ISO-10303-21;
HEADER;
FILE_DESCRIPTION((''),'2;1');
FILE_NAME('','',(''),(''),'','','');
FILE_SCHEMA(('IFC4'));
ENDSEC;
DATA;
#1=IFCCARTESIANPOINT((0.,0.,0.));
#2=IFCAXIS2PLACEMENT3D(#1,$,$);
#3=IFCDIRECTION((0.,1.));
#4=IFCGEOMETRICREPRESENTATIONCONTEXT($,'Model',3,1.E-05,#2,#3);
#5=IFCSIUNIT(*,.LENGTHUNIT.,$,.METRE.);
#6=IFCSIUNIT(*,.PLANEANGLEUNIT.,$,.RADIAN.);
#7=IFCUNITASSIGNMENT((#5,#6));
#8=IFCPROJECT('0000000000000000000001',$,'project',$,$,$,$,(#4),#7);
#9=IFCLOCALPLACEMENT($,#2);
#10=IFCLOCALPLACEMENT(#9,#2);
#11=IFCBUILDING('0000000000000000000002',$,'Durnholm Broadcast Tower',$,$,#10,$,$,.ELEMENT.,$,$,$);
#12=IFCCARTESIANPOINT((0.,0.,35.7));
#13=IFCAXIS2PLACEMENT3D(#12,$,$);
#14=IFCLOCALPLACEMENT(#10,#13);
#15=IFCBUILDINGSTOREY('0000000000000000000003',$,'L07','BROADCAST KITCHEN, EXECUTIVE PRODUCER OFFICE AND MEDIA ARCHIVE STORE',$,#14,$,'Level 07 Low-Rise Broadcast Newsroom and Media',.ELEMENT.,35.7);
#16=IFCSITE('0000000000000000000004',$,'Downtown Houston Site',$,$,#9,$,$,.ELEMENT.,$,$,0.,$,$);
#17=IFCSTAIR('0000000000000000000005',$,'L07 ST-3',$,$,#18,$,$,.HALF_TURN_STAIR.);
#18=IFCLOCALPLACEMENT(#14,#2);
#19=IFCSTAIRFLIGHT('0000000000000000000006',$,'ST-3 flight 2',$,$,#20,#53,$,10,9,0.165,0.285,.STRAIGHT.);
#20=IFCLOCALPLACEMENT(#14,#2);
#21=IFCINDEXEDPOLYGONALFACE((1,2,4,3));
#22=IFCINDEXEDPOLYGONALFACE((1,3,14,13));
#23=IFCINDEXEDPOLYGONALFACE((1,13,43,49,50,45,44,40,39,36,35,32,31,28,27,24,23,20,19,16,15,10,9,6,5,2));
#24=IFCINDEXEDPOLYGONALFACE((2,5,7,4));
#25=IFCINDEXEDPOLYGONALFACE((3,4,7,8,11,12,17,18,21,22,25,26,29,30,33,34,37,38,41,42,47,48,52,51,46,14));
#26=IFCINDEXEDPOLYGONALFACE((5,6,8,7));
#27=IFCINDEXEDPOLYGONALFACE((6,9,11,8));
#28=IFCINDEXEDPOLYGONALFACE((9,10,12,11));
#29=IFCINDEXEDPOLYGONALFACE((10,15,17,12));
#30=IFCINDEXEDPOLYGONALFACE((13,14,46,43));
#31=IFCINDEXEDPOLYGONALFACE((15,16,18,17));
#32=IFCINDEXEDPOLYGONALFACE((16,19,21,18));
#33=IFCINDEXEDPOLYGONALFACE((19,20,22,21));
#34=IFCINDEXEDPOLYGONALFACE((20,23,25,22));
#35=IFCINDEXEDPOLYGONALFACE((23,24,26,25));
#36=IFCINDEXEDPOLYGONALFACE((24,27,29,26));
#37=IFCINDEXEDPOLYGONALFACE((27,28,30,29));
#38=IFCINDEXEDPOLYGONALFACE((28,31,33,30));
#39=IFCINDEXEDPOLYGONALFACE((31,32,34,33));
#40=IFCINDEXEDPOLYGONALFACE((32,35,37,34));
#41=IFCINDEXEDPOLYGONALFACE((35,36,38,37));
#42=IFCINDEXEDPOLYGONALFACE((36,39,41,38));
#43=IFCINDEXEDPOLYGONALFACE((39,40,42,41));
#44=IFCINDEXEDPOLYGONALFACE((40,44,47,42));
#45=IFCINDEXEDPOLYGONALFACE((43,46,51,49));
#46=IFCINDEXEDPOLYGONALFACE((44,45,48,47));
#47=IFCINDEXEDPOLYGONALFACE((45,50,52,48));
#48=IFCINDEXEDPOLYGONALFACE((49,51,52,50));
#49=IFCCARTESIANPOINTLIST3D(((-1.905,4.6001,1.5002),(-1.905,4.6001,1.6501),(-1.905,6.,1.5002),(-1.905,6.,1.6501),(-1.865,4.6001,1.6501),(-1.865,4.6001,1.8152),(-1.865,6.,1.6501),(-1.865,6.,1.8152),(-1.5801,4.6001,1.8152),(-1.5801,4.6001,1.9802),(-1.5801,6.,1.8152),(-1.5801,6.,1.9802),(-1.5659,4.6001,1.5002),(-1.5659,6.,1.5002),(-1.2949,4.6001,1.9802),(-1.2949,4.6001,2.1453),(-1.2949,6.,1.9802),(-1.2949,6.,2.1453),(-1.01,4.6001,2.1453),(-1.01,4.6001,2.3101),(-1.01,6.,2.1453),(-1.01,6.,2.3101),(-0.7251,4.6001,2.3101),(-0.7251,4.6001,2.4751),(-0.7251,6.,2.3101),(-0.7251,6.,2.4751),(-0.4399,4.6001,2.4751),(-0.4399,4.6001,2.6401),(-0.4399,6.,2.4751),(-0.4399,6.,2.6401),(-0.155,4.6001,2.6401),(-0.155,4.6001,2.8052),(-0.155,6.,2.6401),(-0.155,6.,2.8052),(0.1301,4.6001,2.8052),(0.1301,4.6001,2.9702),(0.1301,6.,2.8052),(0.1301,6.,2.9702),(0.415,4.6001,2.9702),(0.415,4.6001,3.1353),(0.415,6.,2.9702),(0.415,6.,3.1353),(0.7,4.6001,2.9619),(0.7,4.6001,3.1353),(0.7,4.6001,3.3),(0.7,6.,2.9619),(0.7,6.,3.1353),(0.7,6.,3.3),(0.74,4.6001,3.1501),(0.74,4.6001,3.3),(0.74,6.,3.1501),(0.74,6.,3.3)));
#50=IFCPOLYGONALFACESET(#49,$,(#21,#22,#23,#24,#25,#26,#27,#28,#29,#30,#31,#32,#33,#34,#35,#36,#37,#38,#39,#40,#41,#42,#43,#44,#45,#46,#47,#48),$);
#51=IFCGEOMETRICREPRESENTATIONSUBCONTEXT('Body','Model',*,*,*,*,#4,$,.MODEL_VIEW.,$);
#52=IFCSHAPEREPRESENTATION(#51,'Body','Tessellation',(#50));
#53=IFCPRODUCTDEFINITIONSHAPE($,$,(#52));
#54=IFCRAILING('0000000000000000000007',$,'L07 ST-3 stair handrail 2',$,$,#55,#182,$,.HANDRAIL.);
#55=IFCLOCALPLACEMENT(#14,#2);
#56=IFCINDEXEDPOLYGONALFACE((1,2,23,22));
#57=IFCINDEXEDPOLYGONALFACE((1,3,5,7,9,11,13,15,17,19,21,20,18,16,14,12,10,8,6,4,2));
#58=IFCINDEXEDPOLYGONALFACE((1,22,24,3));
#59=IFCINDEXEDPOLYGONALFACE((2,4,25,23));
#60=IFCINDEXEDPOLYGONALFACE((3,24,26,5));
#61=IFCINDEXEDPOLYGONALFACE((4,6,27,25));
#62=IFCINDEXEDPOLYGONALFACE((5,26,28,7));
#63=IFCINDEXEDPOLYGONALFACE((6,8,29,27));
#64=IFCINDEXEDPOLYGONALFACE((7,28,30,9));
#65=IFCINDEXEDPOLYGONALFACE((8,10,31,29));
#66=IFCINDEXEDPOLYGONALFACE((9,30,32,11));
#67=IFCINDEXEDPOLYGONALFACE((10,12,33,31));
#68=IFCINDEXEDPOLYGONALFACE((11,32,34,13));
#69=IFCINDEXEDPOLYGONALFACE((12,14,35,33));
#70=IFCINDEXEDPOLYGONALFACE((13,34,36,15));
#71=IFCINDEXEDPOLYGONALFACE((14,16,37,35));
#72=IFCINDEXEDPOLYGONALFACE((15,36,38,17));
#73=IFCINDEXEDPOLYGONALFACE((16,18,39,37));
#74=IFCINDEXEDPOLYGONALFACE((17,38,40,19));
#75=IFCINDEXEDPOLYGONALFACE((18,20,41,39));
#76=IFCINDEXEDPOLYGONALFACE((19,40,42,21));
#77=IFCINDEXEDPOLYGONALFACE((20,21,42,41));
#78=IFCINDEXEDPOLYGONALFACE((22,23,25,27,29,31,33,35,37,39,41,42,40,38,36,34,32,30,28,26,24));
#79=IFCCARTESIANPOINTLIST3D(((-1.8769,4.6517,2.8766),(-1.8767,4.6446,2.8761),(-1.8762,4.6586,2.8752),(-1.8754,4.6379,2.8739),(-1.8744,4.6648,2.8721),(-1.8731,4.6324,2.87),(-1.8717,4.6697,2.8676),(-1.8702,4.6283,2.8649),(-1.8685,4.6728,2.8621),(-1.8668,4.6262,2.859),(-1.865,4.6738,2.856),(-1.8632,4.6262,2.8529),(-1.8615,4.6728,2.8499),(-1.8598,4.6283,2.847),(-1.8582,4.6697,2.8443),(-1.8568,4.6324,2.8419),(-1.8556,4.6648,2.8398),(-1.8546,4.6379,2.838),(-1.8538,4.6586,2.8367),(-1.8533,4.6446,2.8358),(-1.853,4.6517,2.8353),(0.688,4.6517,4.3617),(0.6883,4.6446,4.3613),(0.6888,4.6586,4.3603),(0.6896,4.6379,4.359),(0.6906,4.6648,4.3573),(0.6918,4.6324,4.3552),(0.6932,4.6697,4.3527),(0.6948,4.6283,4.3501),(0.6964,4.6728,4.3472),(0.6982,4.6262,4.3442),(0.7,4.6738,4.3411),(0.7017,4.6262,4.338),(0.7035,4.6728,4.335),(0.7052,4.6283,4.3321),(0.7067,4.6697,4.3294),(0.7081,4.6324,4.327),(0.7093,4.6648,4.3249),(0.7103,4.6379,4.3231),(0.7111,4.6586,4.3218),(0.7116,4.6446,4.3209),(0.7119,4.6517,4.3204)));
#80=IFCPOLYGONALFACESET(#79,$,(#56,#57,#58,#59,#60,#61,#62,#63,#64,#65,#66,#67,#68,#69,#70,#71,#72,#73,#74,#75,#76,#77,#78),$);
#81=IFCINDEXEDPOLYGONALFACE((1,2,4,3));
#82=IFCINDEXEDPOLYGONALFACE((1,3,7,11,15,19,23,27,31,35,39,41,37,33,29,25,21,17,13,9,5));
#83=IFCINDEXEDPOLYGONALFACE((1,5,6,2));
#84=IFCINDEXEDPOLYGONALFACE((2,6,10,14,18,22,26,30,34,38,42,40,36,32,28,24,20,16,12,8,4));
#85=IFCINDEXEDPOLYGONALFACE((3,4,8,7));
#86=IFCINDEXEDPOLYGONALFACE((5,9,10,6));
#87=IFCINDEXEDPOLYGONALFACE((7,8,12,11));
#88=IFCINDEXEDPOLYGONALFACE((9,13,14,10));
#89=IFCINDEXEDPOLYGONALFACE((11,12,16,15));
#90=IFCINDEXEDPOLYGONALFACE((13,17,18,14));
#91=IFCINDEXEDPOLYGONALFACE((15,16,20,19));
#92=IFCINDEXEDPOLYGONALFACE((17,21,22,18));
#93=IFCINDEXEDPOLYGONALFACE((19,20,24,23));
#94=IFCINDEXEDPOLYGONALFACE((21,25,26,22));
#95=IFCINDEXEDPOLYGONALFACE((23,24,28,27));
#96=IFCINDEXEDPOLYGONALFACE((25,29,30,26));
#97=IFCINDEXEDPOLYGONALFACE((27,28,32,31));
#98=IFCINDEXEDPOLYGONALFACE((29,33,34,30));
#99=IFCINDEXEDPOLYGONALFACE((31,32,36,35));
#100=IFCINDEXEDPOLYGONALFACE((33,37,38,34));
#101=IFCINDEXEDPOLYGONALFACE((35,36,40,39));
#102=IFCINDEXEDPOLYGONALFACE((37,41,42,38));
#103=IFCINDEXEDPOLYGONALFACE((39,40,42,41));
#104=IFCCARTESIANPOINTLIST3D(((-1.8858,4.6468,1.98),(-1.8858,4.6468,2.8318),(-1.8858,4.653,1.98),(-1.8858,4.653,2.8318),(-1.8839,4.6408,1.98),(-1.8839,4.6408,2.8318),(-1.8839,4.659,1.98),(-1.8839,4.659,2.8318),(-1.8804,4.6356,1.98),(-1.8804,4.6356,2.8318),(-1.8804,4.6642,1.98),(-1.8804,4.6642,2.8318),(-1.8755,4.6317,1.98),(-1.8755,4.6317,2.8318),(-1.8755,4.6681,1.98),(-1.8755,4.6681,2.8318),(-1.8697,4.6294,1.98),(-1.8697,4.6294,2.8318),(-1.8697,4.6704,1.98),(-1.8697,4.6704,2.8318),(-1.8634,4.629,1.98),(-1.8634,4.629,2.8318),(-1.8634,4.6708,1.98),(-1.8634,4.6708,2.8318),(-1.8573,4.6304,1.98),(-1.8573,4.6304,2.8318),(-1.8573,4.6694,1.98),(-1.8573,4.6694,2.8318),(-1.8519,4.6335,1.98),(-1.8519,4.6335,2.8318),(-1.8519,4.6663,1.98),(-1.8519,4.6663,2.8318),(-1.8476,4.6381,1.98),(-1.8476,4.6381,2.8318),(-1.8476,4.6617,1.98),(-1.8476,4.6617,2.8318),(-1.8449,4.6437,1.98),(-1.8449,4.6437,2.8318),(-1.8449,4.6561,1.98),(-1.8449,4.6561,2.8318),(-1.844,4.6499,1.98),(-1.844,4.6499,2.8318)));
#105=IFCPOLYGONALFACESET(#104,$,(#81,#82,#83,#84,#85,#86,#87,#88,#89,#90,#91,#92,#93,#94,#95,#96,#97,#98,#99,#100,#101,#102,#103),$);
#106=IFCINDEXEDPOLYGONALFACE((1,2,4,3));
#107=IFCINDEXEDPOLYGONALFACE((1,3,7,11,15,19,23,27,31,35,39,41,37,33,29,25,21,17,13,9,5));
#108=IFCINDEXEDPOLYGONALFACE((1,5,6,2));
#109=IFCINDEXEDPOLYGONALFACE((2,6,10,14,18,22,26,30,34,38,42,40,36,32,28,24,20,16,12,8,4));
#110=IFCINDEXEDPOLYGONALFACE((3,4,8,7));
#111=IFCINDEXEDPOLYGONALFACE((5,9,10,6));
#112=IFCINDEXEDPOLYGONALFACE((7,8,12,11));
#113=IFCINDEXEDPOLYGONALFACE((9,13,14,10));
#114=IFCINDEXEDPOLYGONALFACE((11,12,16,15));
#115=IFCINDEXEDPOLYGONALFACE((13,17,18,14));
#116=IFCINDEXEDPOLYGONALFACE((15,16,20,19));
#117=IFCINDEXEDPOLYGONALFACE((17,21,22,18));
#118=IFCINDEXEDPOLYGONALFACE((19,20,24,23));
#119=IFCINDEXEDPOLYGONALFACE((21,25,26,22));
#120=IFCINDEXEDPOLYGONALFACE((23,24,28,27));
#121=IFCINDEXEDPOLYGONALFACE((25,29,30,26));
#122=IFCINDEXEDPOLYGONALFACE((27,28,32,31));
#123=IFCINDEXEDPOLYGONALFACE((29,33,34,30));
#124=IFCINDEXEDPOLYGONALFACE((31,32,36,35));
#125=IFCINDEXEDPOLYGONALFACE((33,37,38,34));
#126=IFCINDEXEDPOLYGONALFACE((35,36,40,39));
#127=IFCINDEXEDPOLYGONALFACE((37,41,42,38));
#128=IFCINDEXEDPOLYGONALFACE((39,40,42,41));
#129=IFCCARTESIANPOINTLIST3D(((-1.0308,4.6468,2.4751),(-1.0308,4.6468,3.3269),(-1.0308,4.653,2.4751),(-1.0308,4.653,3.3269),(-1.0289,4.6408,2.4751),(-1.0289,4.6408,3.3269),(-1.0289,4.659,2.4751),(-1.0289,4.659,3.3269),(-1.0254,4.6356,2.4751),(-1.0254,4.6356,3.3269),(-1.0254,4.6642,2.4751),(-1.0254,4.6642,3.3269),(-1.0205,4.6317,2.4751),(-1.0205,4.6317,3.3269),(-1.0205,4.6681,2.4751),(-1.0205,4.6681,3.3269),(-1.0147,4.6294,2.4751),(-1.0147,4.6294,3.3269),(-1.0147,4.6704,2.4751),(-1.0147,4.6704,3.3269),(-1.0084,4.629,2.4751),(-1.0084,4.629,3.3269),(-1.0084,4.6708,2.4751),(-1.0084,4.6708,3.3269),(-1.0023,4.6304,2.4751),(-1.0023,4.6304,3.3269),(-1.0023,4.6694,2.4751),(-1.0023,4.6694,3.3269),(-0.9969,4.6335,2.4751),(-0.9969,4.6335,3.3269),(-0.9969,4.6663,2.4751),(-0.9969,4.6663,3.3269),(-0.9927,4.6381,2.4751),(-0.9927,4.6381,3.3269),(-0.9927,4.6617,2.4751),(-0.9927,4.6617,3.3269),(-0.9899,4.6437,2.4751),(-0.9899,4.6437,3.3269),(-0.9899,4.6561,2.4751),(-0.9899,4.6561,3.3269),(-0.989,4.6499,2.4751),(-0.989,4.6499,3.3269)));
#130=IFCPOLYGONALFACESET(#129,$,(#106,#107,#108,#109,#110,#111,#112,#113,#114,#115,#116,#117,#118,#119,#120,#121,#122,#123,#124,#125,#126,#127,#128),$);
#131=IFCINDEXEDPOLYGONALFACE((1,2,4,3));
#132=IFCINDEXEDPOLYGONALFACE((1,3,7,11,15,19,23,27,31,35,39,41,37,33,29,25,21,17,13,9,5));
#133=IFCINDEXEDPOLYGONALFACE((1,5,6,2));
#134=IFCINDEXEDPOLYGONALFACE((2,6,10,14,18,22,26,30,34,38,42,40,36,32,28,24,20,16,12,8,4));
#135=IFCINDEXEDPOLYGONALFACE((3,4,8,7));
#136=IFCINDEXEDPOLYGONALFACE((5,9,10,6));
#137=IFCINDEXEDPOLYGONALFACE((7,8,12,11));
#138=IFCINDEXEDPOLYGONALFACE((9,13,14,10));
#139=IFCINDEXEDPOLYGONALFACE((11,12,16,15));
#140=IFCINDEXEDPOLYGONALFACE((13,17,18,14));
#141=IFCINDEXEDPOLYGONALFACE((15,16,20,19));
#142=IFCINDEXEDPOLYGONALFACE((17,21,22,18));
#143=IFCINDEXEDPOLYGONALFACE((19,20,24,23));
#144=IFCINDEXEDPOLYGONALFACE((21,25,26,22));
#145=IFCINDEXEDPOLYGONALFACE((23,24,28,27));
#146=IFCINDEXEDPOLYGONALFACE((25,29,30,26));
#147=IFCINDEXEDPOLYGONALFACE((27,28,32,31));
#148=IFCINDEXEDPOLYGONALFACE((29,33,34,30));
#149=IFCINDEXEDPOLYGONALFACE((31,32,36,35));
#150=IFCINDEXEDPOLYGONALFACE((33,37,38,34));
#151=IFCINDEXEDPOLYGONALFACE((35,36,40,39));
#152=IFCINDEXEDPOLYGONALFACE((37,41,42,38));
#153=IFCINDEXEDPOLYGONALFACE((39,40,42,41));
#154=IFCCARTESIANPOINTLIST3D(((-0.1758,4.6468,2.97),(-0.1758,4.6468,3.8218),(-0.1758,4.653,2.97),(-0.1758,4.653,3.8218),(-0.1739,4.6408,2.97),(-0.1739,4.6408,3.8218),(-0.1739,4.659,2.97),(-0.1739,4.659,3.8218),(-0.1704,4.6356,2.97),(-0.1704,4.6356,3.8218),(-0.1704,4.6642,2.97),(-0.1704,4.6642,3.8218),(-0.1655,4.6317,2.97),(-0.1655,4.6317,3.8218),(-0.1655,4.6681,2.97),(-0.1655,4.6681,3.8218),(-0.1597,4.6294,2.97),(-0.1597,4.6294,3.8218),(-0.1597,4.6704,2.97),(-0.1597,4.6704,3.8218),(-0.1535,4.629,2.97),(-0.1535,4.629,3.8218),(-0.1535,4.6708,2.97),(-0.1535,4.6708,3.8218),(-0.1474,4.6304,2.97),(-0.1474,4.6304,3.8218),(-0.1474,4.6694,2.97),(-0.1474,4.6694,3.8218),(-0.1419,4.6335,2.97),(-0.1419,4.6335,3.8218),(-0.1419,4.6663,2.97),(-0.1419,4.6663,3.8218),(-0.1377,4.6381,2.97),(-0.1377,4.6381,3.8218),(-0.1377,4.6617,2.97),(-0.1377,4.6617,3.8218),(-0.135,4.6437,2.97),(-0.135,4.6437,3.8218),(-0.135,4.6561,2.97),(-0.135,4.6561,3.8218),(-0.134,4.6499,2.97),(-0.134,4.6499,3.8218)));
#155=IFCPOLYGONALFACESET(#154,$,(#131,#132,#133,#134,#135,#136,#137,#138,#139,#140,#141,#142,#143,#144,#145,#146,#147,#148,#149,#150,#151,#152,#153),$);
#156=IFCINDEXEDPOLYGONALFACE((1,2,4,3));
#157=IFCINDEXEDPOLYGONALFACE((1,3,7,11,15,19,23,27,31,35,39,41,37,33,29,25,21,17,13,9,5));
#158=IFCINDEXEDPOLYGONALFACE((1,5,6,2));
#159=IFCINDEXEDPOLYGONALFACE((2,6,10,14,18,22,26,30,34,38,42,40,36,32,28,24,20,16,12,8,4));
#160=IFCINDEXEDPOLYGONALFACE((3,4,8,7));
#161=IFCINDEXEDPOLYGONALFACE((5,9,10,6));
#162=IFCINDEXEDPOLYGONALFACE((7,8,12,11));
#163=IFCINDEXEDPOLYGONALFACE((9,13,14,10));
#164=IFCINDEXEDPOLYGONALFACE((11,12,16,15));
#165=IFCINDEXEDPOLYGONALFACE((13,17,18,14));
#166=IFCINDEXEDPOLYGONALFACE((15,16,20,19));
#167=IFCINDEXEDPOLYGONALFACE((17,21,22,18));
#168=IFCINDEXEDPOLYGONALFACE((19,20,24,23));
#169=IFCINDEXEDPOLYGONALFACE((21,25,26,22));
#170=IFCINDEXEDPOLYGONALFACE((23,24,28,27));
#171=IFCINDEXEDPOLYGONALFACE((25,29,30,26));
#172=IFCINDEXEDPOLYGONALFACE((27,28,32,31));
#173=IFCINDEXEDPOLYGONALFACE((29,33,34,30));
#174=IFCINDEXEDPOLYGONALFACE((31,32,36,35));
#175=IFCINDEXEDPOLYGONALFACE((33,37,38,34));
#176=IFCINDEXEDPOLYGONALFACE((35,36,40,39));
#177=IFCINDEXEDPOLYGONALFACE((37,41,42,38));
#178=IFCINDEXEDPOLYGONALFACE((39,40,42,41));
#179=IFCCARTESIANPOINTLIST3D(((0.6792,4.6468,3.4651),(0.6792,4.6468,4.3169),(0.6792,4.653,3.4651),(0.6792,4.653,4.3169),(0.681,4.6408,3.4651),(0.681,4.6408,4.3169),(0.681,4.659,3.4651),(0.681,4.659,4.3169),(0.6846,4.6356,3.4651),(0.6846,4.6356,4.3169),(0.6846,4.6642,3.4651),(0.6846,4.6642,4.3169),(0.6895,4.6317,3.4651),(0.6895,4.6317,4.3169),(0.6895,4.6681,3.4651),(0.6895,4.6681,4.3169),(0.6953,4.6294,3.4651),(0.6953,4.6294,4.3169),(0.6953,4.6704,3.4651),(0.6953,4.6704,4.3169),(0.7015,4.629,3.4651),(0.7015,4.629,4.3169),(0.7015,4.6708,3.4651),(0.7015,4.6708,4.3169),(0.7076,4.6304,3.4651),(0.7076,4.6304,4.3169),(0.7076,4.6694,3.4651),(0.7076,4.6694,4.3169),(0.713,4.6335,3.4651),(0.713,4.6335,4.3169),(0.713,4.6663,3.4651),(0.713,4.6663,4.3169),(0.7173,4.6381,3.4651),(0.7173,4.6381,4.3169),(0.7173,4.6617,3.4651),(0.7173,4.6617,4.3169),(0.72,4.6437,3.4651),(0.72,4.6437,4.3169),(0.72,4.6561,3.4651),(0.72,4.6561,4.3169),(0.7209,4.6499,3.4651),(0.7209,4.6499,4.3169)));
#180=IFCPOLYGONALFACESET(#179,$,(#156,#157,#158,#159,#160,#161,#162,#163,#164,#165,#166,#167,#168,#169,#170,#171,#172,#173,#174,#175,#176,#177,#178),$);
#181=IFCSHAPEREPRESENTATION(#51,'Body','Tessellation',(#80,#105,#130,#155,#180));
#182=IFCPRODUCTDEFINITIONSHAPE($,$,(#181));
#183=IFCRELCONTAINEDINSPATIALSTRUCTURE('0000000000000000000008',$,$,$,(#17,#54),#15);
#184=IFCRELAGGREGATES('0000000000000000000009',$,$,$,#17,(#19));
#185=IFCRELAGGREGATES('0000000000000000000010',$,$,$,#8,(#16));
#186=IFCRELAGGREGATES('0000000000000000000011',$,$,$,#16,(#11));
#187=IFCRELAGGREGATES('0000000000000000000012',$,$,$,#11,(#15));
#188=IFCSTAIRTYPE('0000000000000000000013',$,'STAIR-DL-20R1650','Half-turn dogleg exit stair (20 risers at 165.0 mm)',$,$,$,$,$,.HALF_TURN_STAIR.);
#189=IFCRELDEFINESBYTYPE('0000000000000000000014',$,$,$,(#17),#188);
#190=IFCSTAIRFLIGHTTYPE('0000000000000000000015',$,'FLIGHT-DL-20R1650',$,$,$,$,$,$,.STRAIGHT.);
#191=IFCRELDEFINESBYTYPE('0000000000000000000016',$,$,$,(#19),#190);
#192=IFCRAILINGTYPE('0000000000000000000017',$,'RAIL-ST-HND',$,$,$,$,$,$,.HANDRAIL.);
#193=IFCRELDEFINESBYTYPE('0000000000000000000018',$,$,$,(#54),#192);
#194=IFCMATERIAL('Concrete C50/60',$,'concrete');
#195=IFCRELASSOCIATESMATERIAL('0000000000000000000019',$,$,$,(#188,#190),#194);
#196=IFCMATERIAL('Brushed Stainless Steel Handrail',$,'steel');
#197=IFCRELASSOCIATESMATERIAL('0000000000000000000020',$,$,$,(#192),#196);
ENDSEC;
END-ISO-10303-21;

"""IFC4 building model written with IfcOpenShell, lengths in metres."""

from ifc_helpers import new_model, si_unit, direction, frame, origin, origin_2d, place, context, subcontext, project, spatial, polyline, circle, outline, extrude, material, type_object, element, aggregate, save


model = new_model("IFC4")

# Units and contexts
model_context = context("Model", 3, precision=1e-05, world=origin(), true_north=direction((0.0, 1.0)))
body_context = subcontext(model_context, "Body", "Model", "MODEL_VIEW")
ifc_project = project(units=[si_unit("LENGTHUNIT", "METRE"), si_unit("PLANEANGLEUNIT", "RADIAN")], contexts=[model_context])

# Site, building, storey
site_placement = place(None, origin())
site = spatial("IfcSite", under=ifc_project, at=site_placement, Name="Downtown Houston Site", CompositionType="ELEMENT", RefElevation=0.0)
building_placement = place(site_placement, origin())
building = spatial("IfcBuilding", under=site, at=building_placement, Name="Durnholm Broadcast Tower", CompositionType="ELEMENT")
storey_placement = place(building_placement, frame((0.0, 0.0, 35.7)))
storey = spatial("IfcBuildingStorey", under=building, at=storey_placement, Name="L07", Description="BROADCAST KITCHEN, EXECUTIVE PRODUCER OFFICE AND MEDIA ARCHIVE STORE", LongName="Level 07 Low-Rise Broadcast Newsroom and Media", CompositionType="ELEMENT", Elevation=35.7)

# Stair
ifc_material_1 = material(Name="Concrete C50/60", Category="concrete")
stair_type = type_object("IfcStairType", Name="STAIR-DL-20R1650", Description="Half-turn dogleg exit stair (20 risers at 165.0 mm)", PredefinedType="HALF_TURN_STAIR", material=ifc_material_1)
stair_1_placement = place(storey_placement, origin())
stair_1 = element("IfcStair", 1, at=stair_1_placement, inside=storey, type_object=stair_type, Name="L07 ST-3", PredefinedType="HALF_TURN_STAIR")

# Stair flight
stair_flight_type = type_object("IfcStairFlightType", Name="FLIGHT-DL-20R1650", PredefinedType="STRAIGHT", material=ifc_material_1)
stair_flight_placement = place(storey_placement, frame((-1.865, 5.3, 1.6501), z_axis=(0.0, 0.0, 1.0), x_axis=(1.0, 0.0, 0.0)))
stair_flight = element("IfcStairFlight", 2, at=stair_flight_placement, type_object=stair_flight_type, Name="ST-3 flight 2", NumberOfRisers=10, NumberOfTreads=9, PredefinedType="STRAIGHT", RiserHeight=0.165, TreadLength=0.285, context=body_context, shape_type="SweptSolid", body=[
    extrude(outline(polyline([(-0.04, -0.1499), (-0.04, 0.0), (0.0, 0.0), (0.0, 0.165), (0.2849, 0.165), (0.2849, 0.3301), (0.5701, 0.3301), (0.5701, 0.4951), (0.855, 0.4951), (0.855, 0.6599), (1.1399, 0.6599), (1.1399, 0.825), (1.425, 0.825), (1.425, 0.99), (1.71, 0.99), (1.71, 1.155), (1.9951, 1.155), (1.9951, 1.3201), (2.28, 1.3201), (2.28, 1.4851), (2.5649, 1.4851), (2.5649, 1.6499), (2.605, 1.6499), (2.605, 1.5), (2.5649, 1.3118), (0.2991, -0.1499), (-0.04, -0.1499)])), frame((0.0, 0.7, 0.0), z_axis=(0.0, -1.0, 0.0), x_axis=(1.0, 0.0, 0.0)), (0.0, 0.0, 1.0), 1.3999),
])
aggregate(stair_1, [stair_flight])

# Railing
ifc_material_2 = material(Name="Brushed Stainless Steel Handrail", Category="steel")
railing_type = type_object("IfcRailingType", Name="RAIL-ST-HND", PredefinedType="HANDRAIL", material=ifc_material_2)
railing_placement = place(storey_placement, frame((-1.865, 4.6499, 1.98)))
element("IfcRailing", 3, at=railing_placement, inside=storey, type_object=railing_type, Name="L07 ST-3 stair handrail 2", PredefinedType="HANDRAIL", context=body_context, shape_type="SweptSolid", body=[
    extrude(circle(Radius=0.0239, at=origin_2d()), frame((0.0, 0.0, 0.876), z_axis=(0.865406, 0.0, 0.501072), x_axis=(0.0, 1.0, 0.0)), (0.0, 0.0, 1.0), 2.9639),
    extrude(circle(Radius=0.021, at=origin_2d()), origin(), (0.0, 0.0, 1.0), 0.8518),
    extrude(circle(Radius=0.021, at=origin_2d()), frame((0.855, 0.0, 0.4951)), (0.0, 0.0, 1.0), 0.8518),
    extrude(circle(Radius=0.021, at=origin_2d()), frame((1.71, 0.0, 0.99)), (0.0, 0.0, 1.0), 0.8518),
    extrude(circle(Radius=0.021, at=origin_2d()), frame((2.5649, 0.0, 1.4851)), (0.0, 0.0, 1.0), 0.8518),
])

save(model, "model.ifc")
